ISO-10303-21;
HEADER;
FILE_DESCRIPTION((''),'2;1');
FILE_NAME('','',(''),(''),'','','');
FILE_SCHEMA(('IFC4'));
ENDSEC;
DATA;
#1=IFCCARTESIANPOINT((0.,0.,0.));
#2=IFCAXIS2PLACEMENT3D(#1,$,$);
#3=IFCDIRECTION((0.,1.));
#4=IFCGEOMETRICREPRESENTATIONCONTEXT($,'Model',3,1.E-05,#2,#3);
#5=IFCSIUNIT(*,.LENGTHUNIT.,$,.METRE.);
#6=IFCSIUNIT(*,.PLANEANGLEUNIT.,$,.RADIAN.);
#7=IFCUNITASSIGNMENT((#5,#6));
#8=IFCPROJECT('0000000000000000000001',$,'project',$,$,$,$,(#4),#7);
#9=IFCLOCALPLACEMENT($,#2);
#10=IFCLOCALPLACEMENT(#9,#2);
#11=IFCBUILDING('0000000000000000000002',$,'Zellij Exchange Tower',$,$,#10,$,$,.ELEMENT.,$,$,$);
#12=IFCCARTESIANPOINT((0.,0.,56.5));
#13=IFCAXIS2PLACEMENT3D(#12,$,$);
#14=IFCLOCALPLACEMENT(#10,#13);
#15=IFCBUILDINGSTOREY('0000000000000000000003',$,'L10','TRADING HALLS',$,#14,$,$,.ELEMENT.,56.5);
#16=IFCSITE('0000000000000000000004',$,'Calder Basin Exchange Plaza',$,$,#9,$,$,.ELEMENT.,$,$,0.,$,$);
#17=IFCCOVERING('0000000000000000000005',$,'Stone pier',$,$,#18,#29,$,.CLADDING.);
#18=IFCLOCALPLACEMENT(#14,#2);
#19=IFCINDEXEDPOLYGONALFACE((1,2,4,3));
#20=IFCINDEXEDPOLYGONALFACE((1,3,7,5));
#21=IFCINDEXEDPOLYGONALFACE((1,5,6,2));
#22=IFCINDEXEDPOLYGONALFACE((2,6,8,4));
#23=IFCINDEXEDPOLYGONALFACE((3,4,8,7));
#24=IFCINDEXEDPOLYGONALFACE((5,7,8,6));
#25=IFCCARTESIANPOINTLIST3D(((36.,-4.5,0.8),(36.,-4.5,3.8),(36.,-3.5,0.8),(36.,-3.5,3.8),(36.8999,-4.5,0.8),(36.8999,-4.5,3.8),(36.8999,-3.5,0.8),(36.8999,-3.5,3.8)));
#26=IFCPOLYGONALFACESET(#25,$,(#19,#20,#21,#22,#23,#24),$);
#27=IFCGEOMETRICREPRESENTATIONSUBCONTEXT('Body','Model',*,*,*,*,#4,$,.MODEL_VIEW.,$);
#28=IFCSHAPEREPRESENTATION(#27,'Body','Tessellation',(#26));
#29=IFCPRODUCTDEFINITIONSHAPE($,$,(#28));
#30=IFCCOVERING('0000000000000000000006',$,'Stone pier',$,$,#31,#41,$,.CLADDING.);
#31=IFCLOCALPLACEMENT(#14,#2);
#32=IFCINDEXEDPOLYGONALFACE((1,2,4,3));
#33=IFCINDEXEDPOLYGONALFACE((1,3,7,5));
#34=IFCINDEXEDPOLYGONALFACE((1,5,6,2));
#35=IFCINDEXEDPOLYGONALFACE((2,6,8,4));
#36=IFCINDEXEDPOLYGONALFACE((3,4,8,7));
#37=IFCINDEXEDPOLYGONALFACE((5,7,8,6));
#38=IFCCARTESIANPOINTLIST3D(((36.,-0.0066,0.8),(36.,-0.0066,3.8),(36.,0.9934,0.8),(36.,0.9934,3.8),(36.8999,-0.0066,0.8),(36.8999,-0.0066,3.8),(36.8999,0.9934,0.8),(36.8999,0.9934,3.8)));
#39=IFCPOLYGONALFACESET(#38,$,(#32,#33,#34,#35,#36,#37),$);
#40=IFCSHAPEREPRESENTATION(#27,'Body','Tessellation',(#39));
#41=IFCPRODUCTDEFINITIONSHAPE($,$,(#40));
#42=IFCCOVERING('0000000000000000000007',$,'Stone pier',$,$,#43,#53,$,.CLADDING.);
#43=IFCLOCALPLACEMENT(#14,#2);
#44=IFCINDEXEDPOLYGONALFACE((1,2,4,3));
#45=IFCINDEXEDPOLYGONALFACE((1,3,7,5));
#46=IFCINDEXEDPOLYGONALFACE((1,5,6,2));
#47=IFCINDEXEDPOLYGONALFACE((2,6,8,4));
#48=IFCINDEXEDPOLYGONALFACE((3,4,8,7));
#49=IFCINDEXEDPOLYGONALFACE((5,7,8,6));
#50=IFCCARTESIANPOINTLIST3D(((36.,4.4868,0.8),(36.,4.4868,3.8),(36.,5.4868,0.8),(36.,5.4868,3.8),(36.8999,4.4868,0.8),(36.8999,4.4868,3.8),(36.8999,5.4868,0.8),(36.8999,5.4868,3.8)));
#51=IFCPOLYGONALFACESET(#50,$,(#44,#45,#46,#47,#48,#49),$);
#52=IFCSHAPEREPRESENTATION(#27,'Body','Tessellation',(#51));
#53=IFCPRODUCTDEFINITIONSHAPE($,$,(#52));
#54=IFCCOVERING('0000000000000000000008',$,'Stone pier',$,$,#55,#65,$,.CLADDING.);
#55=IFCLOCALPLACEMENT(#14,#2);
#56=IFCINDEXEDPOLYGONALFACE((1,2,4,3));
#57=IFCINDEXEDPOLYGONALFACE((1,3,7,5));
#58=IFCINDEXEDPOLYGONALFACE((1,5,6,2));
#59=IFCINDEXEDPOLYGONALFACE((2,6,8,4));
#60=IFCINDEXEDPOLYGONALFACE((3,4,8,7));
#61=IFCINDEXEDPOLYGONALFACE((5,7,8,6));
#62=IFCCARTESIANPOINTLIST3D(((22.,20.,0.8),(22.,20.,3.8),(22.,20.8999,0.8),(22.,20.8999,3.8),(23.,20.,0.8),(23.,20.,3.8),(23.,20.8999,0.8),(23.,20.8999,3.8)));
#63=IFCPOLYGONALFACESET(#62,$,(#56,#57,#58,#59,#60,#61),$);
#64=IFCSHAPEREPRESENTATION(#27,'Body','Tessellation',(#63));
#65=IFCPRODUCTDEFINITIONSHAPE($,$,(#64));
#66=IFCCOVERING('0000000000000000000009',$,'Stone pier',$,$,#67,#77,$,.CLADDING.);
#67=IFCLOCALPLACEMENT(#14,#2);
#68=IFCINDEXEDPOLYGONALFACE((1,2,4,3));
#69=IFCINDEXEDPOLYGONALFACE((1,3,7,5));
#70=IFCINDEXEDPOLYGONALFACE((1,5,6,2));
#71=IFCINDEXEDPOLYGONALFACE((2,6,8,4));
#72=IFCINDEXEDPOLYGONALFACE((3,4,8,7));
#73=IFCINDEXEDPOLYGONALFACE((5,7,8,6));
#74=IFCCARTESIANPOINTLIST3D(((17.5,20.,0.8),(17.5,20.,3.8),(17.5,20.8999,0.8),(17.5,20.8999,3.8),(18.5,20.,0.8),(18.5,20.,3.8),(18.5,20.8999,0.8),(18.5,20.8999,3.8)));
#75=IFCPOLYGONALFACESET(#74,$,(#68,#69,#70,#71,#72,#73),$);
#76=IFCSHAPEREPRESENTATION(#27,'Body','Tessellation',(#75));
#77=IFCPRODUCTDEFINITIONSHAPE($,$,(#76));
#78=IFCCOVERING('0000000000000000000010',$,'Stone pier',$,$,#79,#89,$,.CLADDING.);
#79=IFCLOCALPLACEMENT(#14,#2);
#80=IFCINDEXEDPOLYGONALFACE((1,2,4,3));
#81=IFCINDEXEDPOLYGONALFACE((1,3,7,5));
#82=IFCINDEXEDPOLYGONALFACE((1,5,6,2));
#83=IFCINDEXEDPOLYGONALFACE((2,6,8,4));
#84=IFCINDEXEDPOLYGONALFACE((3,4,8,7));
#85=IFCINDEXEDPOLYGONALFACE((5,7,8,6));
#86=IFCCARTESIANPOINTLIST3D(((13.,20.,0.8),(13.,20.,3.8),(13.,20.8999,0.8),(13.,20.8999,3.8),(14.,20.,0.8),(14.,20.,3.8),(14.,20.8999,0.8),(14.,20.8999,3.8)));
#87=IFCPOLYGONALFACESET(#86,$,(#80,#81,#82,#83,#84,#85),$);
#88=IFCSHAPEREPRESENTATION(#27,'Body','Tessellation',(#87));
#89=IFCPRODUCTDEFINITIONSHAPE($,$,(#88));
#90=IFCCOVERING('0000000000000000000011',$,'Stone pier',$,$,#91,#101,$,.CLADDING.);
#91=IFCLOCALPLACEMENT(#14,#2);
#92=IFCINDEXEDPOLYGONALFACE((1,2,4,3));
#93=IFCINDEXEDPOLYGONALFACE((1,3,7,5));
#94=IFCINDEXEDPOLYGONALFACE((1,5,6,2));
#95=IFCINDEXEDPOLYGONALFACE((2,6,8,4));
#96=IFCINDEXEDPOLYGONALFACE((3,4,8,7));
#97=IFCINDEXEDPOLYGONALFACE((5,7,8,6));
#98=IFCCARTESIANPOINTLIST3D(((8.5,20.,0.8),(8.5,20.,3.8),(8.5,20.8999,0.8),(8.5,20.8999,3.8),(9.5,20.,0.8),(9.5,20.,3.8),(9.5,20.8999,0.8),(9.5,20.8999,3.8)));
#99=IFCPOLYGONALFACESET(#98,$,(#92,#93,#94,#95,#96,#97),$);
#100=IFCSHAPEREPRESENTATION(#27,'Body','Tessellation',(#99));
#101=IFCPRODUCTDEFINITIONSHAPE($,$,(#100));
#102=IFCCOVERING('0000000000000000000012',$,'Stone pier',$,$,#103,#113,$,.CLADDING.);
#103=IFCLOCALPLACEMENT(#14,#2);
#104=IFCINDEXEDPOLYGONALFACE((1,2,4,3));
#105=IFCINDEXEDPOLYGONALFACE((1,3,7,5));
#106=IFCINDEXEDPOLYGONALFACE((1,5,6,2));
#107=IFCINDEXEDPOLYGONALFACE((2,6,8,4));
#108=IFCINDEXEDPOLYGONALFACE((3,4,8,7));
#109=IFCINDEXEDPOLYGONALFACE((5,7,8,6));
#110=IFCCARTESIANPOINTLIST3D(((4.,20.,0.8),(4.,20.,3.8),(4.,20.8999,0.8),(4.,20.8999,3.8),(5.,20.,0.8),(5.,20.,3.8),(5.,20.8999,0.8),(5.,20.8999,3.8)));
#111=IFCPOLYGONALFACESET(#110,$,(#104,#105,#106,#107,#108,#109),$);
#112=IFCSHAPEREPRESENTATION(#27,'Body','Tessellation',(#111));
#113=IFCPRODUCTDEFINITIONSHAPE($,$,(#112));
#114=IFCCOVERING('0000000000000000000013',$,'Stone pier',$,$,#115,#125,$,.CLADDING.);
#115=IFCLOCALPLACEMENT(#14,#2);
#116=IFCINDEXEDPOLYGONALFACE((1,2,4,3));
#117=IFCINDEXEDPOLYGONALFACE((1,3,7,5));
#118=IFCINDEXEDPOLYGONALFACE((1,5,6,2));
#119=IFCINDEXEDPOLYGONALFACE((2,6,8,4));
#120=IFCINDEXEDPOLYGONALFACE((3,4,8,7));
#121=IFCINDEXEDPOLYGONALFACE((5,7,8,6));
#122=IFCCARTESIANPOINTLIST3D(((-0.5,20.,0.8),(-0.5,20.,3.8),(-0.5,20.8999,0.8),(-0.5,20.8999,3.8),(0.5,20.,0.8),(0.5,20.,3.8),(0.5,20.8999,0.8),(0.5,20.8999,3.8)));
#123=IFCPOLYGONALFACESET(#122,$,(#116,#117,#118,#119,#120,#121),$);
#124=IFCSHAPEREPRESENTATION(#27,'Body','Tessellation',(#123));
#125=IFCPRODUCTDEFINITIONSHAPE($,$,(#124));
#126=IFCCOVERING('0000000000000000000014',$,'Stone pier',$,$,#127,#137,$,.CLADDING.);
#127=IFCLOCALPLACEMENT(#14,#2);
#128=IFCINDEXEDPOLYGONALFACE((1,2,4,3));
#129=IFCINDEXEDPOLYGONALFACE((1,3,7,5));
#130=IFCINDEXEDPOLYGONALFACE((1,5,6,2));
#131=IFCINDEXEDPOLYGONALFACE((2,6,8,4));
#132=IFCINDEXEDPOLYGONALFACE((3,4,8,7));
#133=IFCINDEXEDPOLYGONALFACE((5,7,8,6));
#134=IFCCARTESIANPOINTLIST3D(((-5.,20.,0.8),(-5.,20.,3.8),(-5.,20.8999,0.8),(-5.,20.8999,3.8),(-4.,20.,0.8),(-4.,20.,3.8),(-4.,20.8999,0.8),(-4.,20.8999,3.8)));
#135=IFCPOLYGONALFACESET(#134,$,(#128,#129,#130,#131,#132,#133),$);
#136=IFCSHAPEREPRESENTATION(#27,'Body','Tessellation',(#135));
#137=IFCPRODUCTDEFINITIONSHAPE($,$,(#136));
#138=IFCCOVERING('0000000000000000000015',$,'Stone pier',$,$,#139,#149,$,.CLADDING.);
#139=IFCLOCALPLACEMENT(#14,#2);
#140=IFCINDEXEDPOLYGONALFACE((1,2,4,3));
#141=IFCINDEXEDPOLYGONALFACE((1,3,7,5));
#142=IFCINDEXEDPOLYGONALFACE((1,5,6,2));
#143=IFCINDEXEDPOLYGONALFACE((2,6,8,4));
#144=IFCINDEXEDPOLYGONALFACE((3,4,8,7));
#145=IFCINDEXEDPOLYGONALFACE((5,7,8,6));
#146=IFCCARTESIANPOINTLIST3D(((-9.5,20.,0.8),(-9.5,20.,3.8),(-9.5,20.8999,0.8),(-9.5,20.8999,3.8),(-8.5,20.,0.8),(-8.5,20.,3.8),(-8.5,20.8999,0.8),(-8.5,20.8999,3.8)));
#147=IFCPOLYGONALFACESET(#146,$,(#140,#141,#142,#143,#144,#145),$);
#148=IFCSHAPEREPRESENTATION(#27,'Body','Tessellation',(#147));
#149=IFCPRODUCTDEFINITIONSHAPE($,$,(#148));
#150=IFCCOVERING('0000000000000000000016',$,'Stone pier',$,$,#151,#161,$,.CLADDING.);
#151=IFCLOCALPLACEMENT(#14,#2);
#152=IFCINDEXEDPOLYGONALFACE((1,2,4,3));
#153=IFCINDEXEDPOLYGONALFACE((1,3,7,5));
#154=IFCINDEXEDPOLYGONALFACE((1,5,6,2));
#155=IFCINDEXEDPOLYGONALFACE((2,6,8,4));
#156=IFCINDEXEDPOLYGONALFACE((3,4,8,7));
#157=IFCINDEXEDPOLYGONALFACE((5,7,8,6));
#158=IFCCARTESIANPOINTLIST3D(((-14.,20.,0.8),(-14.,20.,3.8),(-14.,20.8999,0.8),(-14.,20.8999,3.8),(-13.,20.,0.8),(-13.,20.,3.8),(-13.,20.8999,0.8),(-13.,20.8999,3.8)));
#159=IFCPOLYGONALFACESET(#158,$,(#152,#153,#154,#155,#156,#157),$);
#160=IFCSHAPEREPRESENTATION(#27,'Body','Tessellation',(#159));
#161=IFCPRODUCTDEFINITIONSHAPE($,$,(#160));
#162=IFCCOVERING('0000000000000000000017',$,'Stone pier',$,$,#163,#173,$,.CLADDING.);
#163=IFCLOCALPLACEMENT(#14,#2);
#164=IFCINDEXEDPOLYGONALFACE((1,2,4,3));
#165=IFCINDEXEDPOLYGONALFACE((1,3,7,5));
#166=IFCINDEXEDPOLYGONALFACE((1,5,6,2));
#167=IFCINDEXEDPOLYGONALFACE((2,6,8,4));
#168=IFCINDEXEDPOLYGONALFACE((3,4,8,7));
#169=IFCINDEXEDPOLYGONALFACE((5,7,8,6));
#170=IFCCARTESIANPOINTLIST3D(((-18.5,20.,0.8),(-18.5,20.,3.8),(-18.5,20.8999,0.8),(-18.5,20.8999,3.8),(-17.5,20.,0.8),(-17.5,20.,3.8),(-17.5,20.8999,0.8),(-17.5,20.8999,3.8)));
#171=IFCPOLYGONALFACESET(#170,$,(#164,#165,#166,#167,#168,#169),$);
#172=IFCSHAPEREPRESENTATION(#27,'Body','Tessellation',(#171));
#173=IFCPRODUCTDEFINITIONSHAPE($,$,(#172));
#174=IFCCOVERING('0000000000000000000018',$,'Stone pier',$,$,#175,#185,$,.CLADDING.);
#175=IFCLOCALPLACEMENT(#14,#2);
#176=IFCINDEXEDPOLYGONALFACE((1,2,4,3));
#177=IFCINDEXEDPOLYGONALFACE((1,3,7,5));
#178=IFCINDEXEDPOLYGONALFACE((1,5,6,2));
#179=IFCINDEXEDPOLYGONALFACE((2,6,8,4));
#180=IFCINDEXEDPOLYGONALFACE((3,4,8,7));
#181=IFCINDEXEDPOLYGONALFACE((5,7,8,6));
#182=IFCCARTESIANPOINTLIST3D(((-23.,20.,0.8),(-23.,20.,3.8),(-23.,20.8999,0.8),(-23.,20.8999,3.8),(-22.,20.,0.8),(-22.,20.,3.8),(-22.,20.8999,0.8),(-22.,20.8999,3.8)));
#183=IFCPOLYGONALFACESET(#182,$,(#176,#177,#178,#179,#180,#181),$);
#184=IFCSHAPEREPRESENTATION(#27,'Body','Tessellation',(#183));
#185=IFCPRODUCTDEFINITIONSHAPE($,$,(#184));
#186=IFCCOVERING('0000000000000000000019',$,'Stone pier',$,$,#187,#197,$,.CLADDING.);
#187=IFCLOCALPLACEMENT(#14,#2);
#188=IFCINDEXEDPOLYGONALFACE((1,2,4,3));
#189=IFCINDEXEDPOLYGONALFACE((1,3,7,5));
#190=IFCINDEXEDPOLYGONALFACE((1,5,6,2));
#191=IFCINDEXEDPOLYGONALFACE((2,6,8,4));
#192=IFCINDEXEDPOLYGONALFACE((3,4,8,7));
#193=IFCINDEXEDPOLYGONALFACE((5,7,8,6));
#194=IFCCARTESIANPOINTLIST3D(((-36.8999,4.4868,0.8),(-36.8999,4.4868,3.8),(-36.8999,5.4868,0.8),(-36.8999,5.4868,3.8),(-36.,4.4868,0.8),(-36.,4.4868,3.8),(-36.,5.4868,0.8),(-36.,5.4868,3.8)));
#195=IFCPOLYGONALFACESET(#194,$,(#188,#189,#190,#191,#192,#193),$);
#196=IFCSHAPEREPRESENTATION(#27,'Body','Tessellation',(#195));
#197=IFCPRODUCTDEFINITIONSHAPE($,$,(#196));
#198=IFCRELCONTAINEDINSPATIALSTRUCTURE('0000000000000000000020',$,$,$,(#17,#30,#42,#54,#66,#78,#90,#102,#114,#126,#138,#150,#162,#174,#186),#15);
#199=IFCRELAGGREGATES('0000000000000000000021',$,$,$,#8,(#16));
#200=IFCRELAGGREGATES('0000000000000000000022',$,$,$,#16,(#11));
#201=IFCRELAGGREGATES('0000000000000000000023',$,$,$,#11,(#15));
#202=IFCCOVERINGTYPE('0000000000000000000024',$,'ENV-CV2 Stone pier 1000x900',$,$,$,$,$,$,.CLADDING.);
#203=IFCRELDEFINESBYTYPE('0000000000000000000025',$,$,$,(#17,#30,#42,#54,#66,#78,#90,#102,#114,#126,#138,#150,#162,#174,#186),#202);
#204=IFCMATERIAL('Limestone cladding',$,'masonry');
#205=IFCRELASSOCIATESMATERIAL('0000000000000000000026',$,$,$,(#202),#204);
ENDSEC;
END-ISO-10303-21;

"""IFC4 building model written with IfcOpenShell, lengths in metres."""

from ifc_helpers import new_model, si_unit, direction, frame, origin, place, context, subcontext, project, spatial, polyline, outline, extrude, material, type_object, element, save


model = new_model("IFC4")

# Units and contexts
model_context = context("Model", 3, precision=1e-05, world=origin(), true_north=direction((0.0, 1.0)))
body_context = subcontext(model_context, "Body", "Model", "MODEL_VIEW")
ifc_project = project(units=[si_unit("LENGTHUNIT", "METRE"), si_unit("PLANEANGLEUNIT", "RADIAN")], contexts=[model_context])

# Site, building, storey
site_placement = place(None, origin())
site = spatial("IfcSite", under=ifc_project, at=site_placement, Name="Calder Basin Exchange Plaza", CompositionType="ELEMENT", RefElevation=0.0)
building_placement = place(site_placement, origin())
building = spatial("IfcBuilding", under=site, at=building_placement, Name="Zellij Exchange Tower", CompositionType="ELEMENT")
storey_placement = place(building_placement, frame((0.0, 0.0, 56.5)))
storey = spatial("IfcBuildingStorey", under=building, at=storey_placement, Name="L10", Description="TRADING HALLS", CompositionType="ELEMENT", Elevation=56.5)

# Coverings
ifc_material_1 = material(Name="Limestone cladding", Category="masonry")
covering_type_1 = type_object("IfcCoveringType", Name="ENV-CV2 Stone pier 1000x900", PredefinedType="CLADDING", material=ifc_material_1)
covering_1_placement = place(storey_placement, frame((0.0, 0.0, 0.8)))
element("IfcCovering", 1, at=covering_1_placement, inside=storey, type_object=covering_type_1, Name="Stone pier", PredefinedType="CLADDING", context=body_context, shape_type="SweptSolid", body=[
    extrude(outline(polyline([(36.0, -4.5), (36.0, -3.5), (36.8999, -3.5), (36.8999, -4.5), (36.0, -4.5)])), origin(), (0.0, 0.0, 1.0), 3.0),
])
covering_2_placement = place(storey_placement, frame((0.0, 0.0, 0.8)))
element("IfcCovering", 2, at=covering_2_placement, inside=storey, type_object=covering_type_1, Name="Stone pier", PredefinedType="CLADDING", context=body_context, shape_type="SweptSolid", body=[
    extrude(outline(polyline([(36.0, -0.0066), (36.0, 0.9934), (36.8999, 0.9934), (36.8999, -0.0066), (36.0, -0.0066)])), origin(), (0.0, 0.0, 1.0), 3.0),
])
covering_3_placement = place(storey_placement, frame((0.0, 0.0, 0.8)))
element("IfcCovering", 3, at=covering_3_placement, inside=storey, type_object=covering_type_1, Name="Stone pier", PredefinedType="CLADDING", context=body_context, shape_type="SweptSolid", body=[
    extrude(outline(polyline([(36.0, 4.4868), (36.0, 5.4868), (36.8999, 5.4868), (36.8999, 4.4868), (36.0, 4.4868)])), origin(), (0.0, 0.0, 1.0), 3.0),
])
covering_4_placement = place(storey_placement, frame((0.0, 0.0, 0.8)))
element("IfcCovering", 4, at=covering_4_placement, inside=storey, type_object=covering_type_1, Name="Stone pier", PredefinedType="CLADDING", context=body_context, shape_type="SweptSolid", body=[
    extrude(outline(polyline([(23.0, 20.0), (22.0, 20.0), (22.0, 20.8999), (23.0, 20.8999), (23.0, 20.0)])), origin(), (0.0, 0.0, 1.0), 3.0),
])
covering_5_placement = place(storey_placement, frame((0.0, 0.0, 0.8)))
element("IfcCovering", 5, at=covering_5_placement, inside=storey, type_object=covering_type_1, Name="Stone pier", PredefinedType="CLADDING", context=body_context, shape_type="SweptSolid", body=[
    extrude(outline(polyline([(18.5, 20.0), (17.5, 20.0), (17.5, 20.8999), (18.5, 20.8999), (18.5, 20.0)])), origin(), (0.0, 0.0, 1.0), 3.0),
])
covering_6_placement = place(storey_placement, frame((0.0, 0.0, 0.8)))
element("IfcCovering", 6, at=covering_6_placement, inside=storey, type_object=covering_type_1, Name="Stone pier", PredefinedType="CLADDING", context=body_context, shape_type="SweptSolid", body=[
    extrude(outline(polyline([(14.0, 20.0), (13.0, 20.0), (13.0, 20.8999), (14.0, 20.8999), (14.0, 20.0)])), origin(), (0.0, 0.0, 1.0), 3.0),
])
covering_7_placement = place(storey_placement, frame((0.0, 0.0, 0.8)))
element("IfcCovering", 7, at=covering_7_placement, inside=storey, type_object=covering_type_1, Name="Stone pier", PredefinedType="CLADDING", context=body_context, shape_type="SweptSolid", body=[
    extrude(outline(polyline([(9.5, 20.0), (8.5, 20.0), (8.5, 20.8999), (9.5, 20.8999), (9.5, 20.0)])), origin(), (0.0, 0.0, 1.0), 3.0),
])
covering_8_placement = place(storey_placement, frame((0.0, 0.0, 0.8)))
element("IfcCovering", 8, at=covering_8_placement, inside=storey, type_object=covering_type_1, Name="Stone pier", PredefinedType="CLADDING", context=body_context, shape_type="SweptSolid", body=[
    extrude(outline(polyline([(5.0, 20.0), (4.0, 20.0), (4.0, 20.8999), (5.0, 20.8999), (5.0, 20.0)])), origin(), (0.0, 0.0, 1.0), 3.0),
])
covering_9_placement = place(storey_placement, frame((0.0, 0.0, 0.8)))
element("IfcCovering", 9, at=covering_9_placement, inside=storey, type_object=covering_type_1, Name="Stone pier", PredefinedType="CLADDING", context=body_context, shape_type="SweptSolid", body=[
    extrude(outline(polyline([(0.5, 20.0), (-0.5, 20.0), (-0.5, 20.8999), (0.5, 20.8999), (0.5, 20.0)])), origin(), (0.0, 0.0, 1.0), 3.0),
])
covering_10_placement = place(storey_placement, frame((0.0, 0.0, 0.8)))
element("IfcCovering", 10, at=covering_10_placement, inside=storey, type_object=covering_type_1, Name="Stone pier", PredefinedType="CLADDING", context=body_context, shape_type="SweptSolid", body=[
    extrude(outline(polyline([(-4.0, 20.0), (-5.0, 20.0), (-5.0, 20.8999), (-4.0, 20.8999), (-4.0, 20.0)])), origin(), (0.0, 0.0, 1.0), 3.0),
])
covering_11_placement = place(storey_placement, frame((0.0, 0.0, 0.8)))
element("IfcCovering", 11, at=covering_11_placement, inside=storey, type_object=covering_type_1, Name="Stone pier", PredefinedType="CLADDING", context=body_context, shape_type="SweptSolid", body=[
    extrude(outline(polyline([(-8.5, 20.0), (-9.5, 20.0), (-9.5, 20.8999), (-8.5, 20.8999), (-8.5, 20.0)])), origin(), (0.0, 0.0, 1.0), 3.0),
])
covering_12_placement = place(storey_placement, frame((0.0, 0.0, 0.8)))
element("IfcCovering", 12, at=covering_12_placement, inside=storey, type_object=covering_type_1, Name="Stone pier", PredefinedType="CLADDING", context=body_context, shape_type="SweptSolid", body=[
    extrude(outline(polyline([(-13.0, 20.0), (-14.0, 20.0), (-14.0, 20.8999), (-13.0, 20.8999), (-13.0, 20.0)])), origin(), (0.0, 0.0, 1.0), 3.0),
])
covering_13_placement = place(storey_placement, frame((0.0, 0.0, 0.8)))
element("IfcCovering", 13, at=covering_13_placement, inside=storey, type_object=covering_type_1, Name="Stone pier", PredefinedType="CLADDING", context=body_context, shape_type="SweptSolid", body=[
    extrude(outline(polyline([(-17.5, 20.0), (-18.5, 20.0), (-18.5, 20.8999), (-17.5, 20.8999), (-17.5, 20.0)])), origin(), (0.0, 0.0, 1.0), 3.0),
])
covering_14_placement = place(storey_placement, frame((0.0, 0.0, 0.8)))
element("IfcCovering", 14, at=covering_14_placement, inside=storey, type_object=covering_type_1, Name="Stone pier", PredefinedType="CLADDING", context=body_context, shape_type="SweptSolid", body=[
    extrude(outline(polyline([(-22.0, 20.0), (-23.0, 20.0), (-23.0, 20.8999), (-22.0, 20.8999), (-22.0, 20.0)])), origin(), (0.0, 0.0, 1.0), 3.0),
])
covering_15_placement = place(storey_placement, frame((0.0, 0.0, 0.8)))
element("IfcCovering", 15, at=covering_15_placement, inside=storey, type_object=covering_type_1, Name="Stone pier", PredefinedType="CLADDING", context=body_context, shape_type="SweptSolid", body=[
    extrude(outline(polyline([(-36.0, 5.4868), (-36.0, 4.4868), (-36.8999, 4.4868), (-36.8999, 5.4868), (-36.0, 5.4868)])), origin(), (0.0, 0.0, 1.0), 3.0),
])

save(model, "model.ifc")
